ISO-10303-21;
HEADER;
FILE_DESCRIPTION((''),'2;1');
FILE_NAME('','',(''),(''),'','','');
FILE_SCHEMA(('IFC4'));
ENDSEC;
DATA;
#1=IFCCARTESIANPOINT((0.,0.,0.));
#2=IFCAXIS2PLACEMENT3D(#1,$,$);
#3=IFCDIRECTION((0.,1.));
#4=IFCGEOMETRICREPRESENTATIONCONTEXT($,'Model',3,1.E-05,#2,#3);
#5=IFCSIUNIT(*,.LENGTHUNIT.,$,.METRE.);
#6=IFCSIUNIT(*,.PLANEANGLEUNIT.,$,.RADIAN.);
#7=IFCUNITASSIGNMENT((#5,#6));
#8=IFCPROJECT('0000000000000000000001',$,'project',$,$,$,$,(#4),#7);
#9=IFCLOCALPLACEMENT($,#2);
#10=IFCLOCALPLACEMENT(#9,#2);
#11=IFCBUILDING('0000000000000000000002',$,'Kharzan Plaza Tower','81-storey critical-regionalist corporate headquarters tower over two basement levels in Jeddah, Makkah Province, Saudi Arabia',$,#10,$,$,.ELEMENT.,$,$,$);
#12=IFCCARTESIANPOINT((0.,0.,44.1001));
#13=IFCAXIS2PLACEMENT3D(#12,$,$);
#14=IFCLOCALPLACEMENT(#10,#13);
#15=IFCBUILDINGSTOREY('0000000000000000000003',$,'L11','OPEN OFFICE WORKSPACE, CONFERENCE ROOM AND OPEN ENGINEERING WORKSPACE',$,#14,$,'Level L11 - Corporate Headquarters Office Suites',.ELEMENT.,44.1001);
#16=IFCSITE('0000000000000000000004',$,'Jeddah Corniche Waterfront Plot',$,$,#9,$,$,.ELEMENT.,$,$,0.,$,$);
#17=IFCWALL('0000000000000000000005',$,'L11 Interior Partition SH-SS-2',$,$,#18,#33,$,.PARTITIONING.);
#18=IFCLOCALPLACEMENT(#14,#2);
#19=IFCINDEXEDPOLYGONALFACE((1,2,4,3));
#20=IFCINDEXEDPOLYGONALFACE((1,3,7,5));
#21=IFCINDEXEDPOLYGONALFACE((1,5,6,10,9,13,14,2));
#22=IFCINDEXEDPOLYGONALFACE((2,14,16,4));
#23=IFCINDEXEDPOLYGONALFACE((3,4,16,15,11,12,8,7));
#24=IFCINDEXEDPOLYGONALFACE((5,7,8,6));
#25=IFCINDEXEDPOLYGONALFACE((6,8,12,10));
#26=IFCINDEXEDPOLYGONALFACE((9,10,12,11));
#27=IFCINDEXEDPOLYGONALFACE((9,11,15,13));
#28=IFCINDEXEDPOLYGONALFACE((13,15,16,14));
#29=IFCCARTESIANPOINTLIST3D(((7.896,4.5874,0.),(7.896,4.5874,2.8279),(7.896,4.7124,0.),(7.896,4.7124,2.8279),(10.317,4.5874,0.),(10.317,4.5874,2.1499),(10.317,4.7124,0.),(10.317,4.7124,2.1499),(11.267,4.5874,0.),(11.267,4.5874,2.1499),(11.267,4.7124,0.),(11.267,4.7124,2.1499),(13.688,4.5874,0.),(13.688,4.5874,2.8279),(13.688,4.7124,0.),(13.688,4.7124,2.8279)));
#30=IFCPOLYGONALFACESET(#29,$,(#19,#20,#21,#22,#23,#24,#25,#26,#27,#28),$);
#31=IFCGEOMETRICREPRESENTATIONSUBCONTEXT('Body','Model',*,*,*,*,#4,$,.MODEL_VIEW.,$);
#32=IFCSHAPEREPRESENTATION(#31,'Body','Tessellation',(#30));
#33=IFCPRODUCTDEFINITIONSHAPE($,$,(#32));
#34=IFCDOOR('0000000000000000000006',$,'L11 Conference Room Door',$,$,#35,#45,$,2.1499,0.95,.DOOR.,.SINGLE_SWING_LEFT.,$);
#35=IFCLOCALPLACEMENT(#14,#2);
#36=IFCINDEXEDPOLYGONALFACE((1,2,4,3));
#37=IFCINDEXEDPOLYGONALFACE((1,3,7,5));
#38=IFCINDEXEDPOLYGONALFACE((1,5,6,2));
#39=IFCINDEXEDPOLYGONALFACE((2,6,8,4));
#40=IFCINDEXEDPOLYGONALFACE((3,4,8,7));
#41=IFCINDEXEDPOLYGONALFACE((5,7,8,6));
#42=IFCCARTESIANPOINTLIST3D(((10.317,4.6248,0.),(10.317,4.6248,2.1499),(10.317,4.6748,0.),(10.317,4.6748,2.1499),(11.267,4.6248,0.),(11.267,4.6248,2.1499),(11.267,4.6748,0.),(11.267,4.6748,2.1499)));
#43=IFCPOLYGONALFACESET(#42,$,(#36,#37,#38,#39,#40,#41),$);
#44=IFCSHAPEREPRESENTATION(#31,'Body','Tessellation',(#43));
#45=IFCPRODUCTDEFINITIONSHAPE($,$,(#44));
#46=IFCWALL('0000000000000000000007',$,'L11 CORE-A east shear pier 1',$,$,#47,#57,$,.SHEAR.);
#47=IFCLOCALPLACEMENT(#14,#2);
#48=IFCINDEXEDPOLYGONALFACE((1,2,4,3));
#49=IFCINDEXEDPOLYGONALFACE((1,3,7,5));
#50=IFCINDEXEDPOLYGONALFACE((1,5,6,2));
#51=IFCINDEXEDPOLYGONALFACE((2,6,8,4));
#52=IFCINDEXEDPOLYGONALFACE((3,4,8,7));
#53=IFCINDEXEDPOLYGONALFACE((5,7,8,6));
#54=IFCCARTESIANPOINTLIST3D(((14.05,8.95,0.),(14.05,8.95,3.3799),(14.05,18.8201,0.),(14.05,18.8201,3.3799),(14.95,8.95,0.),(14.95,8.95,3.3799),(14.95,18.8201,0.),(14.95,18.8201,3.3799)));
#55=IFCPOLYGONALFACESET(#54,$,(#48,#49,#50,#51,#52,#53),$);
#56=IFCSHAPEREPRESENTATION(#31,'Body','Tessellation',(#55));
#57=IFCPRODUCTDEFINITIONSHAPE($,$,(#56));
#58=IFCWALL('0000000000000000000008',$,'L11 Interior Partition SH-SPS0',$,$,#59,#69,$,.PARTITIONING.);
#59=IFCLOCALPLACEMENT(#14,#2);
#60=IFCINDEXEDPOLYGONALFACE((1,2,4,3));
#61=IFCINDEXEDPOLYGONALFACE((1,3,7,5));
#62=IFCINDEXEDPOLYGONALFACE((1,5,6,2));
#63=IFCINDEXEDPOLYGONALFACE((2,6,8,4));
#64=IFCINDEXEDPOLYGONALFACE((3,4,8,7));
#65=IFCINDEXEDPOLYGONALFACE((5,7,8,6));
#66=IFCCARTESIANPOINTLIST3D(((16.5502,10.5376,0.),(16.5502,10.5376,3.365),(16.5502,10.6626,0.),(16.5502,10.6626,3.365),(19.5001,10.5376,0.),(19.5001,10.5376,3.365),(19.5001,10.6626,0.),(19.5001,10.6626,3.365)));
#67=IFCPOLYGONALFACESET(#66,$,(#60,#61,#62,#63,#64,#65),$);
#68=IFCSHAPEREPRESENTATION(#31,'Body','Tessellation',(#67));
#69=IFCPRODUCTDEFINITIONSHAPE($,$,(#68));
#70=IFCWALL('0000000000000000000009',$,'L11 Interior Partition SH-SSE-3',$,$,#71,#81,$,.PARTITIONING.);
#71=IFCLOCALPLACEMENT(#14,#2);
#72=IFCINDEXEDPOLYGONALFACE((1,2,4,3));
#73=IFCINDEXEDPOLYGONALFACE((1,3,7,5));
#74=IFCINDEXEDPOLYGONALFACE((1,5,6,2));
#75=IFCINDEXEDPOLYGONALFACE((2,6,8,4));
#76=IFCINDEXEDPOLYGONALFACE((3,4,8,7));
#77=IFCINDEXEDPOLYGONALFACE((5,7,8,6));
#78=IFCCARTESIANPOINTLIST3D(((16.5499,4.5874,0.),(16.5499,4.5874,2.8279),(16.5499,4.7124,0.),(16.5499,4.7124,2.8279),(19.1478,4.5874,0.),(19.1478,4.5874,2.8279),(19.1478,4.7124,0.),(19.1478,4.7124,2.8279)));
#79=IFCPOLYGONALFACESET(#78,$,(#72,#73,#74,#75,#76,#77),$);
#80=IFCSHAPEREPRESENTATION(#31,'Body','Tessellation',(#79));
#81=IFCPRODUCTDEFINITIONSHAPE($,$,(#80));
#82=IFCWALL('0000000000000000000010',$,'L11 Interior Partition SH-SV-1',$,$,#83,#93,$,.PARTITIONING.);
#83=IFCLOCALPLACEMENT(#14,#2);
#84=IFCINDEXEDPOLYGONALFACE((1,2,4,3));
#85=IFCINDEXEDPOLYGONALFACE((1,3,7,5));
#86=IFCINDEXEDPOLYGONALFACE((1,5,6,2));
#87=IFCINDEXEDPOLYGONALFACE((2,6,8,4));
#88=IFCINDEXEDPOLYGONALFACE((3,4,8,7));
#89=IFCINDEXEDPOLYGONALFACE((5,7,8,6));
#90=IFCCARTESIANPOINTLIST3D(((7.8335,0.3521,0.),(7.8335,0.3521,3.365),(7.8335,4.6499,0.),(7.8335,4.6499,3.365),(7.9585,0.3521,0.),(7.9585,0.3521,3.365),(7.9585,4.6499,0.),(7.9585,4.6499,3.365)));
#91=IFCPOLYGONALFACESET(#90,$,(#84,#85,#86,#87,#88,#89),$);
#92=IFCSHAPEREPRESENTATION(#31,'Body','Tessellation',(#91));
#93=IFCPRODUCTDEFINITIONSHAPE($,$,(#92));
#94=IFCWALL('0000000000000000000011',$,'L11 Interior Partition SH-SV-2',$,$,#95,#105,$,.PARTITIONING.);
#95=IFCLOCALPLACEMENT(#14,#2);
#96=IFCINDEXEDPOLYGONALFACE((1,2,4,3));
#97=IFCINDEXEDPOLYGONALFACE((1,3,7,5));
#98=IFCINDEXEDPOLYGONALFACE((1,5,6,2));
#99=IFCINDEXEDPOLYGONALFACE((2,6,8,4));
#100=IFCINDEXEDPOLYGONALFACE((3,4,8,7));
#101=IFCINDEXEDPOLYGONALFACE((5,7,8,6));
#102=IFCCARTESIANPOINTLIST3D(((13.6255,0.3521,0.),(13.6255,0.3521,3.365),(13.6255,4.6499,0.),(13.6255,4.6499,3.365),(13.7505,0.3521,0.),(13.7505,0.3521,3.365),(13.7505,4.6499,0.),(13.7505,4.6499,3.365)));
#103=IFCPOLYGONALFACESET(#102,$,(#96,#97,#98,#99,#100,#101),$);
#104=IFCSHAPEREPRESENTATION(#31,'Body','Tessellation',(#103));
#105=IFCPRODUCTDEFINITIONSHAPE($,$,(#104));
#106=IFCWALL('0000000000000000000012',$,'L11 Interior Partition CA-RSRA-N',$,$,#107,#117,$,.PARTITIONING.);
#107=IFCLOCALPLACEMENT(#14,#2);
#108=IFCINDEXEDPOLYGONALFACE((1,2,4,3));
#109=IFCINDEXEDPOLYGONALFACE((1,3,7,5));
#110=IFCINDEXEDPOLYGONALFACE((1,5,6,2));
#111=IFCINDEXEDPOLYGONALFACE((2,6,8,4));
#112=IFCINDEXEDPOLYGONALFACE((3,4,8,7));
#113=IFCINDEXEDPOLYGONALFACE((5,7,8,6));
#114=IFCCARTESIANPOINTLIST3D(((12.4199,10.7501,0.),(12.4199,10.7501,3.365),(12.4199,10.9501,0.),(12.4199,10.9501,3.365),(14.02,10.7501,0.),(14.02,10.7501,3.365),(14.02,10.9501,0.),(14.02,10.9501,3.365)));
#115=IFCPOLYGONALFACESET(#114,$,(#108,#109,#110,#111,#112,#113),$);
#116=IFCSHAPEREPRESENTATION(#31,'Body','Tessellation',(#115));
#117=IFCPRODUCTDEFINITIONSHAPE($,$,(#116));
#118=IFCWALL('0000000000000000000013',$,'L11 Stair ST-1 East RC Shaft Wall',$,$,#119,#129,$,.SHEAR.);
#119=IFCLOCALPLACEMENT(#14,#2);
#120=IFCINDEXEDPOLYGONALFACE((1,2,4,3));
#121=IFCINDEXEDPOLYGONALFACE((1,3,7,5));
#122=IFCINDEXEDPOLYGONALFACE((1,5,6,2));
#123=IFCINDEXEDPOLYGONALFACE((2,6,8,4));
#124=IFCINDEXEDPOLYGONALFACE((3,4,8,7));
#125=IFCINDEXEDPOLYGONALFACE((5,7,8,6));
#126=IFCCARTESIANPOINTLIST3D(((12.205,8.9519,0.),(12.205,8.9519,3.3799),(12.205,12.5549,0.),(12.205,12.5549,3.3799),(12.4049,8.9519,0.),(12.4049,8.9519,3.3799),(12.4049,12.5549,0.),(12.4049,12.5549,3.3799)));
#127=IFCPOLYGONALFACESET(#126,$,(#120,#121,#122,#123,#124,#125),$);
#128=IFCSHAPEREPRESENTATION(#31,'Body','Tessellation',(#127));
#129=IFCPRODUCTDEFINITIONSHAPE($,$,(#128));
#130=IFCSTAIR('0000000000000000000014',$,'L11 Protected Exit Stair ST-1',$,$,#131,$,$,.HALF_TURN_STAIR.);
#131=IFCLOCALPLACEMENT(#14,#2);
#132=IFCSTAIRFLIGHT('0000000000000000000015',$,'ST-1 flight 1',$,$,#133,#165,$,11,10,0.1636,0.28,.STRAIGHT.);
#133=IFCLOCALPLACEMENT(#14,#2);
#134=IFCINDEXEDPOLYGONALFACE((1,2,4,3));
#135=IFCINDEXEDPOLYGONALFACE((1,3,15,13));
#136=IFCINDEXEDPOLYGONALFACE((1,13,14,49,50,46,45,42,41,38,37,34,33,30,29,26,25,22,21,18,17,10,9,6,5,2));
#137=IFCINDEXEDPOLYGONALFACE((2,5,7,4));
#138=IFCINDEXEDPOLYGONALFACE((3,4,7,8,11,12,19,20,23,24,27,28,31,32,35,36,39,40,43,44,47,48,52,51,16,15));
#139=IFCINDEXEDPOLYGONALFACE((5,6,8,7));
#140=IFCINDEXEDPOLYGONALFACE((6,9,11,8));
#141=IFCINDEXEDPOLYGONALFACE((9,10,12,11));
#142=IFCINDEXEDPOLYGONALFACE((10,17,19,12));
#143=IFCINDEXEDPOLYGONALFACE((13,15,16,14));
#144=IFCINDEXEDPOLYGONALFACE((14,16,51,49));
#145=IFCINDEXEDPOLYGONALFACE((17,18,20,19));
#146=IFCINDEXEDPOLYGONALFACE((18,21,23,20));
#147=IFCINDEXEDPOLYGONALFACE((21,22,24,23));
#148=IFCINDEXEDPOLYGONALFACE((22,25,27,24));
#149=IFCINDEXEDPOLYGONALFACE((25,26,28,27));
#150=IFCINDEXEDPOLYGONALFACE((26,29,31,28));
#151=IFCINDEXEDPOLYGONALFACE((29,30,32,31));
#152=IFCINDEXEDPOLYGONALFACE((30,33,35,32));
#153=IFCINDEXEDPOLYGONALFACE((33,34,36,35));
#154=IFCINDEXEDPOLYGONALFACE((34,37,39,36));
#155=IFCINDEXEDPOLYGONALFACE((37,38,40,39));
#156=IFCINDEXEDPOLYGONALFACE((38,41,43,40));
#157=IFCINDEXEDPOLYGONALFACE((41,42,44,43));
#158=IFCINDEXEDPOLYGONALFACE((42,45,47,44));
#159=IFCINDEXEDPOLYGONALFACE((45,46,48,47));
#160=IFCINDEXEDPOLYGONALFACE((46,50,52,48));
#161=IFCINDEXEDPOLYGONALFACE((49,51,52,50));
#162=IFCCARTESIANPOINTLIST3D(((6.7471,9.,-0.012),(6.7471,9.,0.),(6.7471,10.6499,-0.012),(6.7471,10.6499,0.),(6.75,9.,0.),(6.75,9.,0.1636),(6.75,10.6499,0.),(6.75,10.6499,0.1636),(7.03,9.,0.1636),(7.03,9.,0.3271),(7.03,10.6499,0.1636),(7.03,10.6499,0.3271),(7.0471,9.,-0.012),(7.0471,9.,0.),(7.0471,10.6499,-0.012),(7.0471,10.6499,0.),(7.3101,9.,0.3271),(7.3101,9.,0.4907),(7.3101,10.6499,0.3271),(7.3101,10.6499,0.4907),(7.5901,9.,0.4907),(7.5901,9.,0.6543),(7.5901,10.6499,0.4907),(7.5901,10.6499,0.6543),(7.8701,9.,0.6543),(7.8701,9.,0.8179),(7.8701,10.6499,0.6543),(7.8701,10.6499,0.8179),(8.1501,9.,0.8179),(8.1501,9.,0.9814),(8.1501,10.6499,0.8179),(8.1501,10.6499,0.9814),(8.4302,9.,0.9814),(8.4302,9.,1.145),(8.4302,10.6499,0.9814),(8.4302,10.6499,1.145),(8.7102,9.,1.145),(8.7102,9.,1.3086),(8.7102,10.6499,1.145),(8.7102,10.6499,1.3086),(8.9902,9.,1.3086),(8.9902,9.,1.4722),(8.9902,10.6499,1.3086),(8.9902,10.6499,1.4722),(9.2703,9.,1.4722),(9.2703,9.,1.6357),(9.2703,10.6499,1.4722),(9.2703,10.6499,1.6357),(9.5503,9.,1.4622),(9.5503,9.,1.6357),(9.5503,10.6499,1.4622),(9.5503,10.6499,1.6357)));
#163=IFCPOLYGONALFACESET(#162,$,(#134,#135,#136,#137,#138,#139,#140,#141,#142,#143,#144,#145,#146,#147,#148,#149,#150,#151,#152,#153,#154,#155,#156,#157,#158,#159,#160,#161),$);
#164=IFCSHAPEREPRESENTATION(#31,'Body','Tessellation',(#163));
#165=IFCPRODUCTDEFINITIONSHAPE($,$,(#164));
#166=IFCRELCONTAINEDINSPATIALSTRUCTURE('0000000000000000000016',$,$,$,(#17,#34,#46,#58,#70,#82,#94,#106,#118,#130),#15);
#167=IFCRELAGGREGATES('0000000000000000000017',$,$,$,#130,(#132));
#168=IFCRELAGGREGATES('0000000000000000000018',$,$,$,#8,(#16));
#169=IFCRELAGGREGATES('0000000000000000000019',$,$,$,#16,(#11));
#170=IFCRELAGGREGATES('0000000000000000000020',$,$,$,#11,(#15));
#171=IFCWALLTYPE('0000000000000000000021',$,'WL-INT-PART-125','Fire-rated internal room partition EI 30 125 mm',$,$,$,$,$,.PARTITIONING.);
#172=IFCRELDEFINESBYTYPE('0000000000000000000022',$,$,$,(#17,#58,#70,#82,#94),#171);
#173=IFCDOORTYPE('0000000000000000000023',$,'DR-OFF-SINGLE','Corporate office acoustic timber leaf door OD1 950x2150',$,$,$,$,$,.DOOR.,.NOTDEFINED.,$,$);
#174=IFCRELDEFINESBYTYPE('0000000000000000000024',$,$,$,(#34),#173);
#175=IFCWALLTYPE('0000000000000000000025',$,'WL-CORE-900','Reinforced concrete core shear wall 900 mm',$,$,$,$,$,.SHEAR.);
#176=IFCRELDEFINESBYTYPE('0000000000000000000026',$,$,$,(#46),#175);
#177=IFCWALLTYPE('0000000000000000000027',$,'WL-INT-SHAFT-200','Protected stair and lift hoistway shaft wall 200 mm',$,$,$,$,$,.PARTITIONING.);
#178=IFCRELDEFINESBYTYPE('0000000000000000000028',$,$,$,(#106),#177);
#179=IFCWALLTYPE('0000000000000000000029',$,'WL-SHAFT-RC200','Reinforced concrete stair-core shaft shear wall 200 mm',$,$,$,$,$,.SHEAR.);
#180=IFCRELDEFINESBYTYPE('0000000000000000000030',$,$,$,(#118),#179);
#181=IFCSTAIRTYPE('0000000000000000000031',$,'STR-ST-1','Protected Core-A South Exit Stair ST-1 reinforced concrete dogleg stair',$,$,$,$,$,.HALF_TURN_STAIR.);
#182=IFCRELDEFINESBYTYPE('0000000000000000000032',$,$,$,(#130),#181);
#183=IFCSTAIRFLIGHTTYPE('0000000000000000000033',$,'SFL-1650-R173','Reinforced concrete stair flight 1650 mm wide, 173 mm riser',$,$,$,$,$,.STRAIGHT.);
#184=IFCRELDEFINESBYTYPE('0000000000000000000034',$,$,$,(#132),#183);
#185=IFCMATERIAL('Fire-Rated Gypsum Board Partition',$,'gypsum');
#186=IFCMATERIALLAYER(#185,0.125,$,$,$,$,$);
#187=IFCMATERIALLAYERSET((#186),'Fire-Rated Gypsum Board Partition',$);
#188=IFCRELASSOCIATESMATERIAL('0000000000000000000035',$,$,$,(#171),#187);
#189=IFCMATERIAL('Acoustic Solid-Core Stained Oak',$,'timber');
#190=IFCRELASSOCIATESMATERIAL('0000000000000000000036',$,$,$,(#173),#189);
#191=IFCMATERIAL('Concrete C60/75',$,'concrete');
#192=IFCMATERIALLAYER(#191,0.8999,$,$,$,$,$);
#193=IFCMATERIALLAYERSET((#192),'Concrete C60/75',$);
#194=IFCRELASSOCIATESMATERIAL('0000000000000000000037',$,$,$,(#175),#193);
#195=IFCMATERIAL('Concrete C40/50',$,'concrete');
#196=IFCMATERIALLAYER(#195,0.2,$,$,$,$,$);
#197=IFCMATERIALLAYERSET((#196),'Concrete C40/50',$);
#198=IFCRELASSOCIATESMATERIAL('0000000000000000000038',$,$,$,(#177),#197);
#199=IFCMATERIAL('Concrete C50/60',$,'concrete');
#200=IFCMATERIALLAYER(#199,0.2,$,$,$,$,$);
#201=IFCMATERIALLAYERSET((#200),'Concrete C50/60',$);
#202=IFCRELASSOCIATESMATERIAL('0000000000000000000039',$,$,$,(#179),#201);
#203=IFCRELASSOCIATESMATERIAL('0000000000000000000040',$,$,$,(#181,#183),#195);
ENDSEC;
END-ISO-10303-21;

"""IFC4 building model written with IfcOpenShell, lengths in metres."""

from ifc_helpers import new_model, si_unit, direction, frame, frame_2d, origin, place, context, subcontext, project, spatial, polyline, rectangle, outline, extrude, source, transform, mapped, material, layer, layer_set, type_object, element, fill, aggregate, save


model = new_model("IFC4")

# Units and contexts
model_context = context("Model", 3, precision=1e-05, world=origin(), true_north=direction((0.0, 1.0)))
body_context = subcontext(model_context, "Body", "Model", "MODEL_VIEW")
ifc_project = project(units=[si_unit("LENGTHUNIT", "METRE"), si_unit("PLANEANGLEUNIT", "RADIAN")], contexts=[model_context])

# Site, building, storey
site_placement = place(None, origin())
site = spatial("IfcSite", under=ifc_project, at=site_placement, Name="Jeddah Corniche Waterfront Plot", CompositionType="ELEMENT", RefElevation=0.0)
building_placement = place(site_placement, origin())
building = spatial("IfcBuilding", under=site, at=building_placement, Name="Kharzan Plaza Tower", Description="81-storey critical-regionalist corporate headquarters tower over two basement levels in Jeddah, Makkah Province, Saudi Arabia", CompositionType="ELEMENT")
storey_placement = place(building_placement, frame((0.0, 0.0, 44.1001)))
storey = spatial("IfcBuildingStorey", under=building, at=storey_placement, Name="L11", Description="OPEN OFFICE WORKSPACE, CONFERENCE ROOM AND OPEN ENGINEERING WORKSPACE", LongName="Level L11 - Corporate Headquarters Office Suites", CompositionType="ELEMENT", Elevation=44.1001)

# Shared definitions
ifc_material_1 = material(Name="Concrete C60/75", Category="concrete")

# Shared definitions
ifc_material_2 = material(Name="Concrete C40/50", Category="concrete")

# Wall, opening, door
ifc_material_3 = material(Name="Fire-Rated Gypsum Board Partition", Category="gypsum")
ifc_layer_1 = layer(ifc_material_3, 0.125)
ifc_layer_set_1 = layer_set([ifc_layer_1], Name="Fire-Rated Gypsum Board Partition")
wall_type_1 = type_object("IfcWallType", Name="WL-INT-PART-125", Description="Fire-rated internal room partition EI 30 125 mm", PredefinedType="PARTITIONING", material=ifc_layer_set_1)
ifc_material_4 = material(Name="Acoustic Solid-Core Stained Oak", Category="timber")
door_type = type_object("IfcDoorType", Name="DR-OFF-SINGLE", Description="Corporate office acoustic timber leaf door OD1 950x2150", OperationType="NOTDEFINED", PredefinedType="DOOR", material=ifc_material_4)
shared_shape_1 = source(origin(), body_context, "Body", "SweptSolid", [
    extrude(rectangle(XDim=0.95, YDim=2.1499, at=frame_2d((0.4751, 1.075))), frame((0.0, 0.0249, 0.0), z_axis=(0.0, -1.0, 0.0), x_axis=(1.0, 0.0, 0.0)), (0.0, 0.0, 1.0), 0.05),
])
wall_1_placement = place(storey_placement, frame((7.896, 4.6499, 0.0), z_axis=(0.0, 0.0, 1.0), x_axis=(1.0, 0.0, 0.0)))
wall_1 = element("IfcWall", 1, at=wall_1_placement, inside=storey, type_object=wall_type_1, Name="L11 Interior Partition SH-SS-2", PredefinedType="PARTITIONING", context=body_context, shape_type="SweptSolid", body=[
    extrude(rectangle(XDim=5.792, YDim=0.125, at=frame_2d((2.896, 0.0))), origin(), (0.0, 0.0, 1.0), 2.8279),
])
opening_1_placement = place(wall_1_placement, frame((2.4209, 0.0, 0.0)))
opening_1 = element("IfcOpeningElement", 2, at=opening_1_placement, cuts=wall_1, PredefinedType="OPENING", context=body_context, shape_type="SweptSolid", body=[
    extrude(rectangle(XDim=0.95, YDim=2.1499, at=frame_2d((0.4751, 1.075))), frame((0.0, 0.0725, 0.0), z_axis=(0.0, -1.0, 0.0), x_axis=(1.0, 0.0, 0.0)), (0.0, 0.0, 1.0), 0.145),
])
door_1_placement = place(opening_1_placement, origin())
door_1 = element("IfcDoor", 3, at=door_1_placement, inside=storey, type_object=door_type, Name="L11 Conference Room Door", OperationType="SINGLE_SWING_LEFT", OverallHeight=2.1499, OverallWidth=0.95, PredefinedType="DOOR", context=body_context, shape_type="MappedRepresentation", body=[
    mapped(shared_shape_1, transform((0.0, 0.0, 0.0), x_axis=(1.0, 0.0, 0.0), y_axis=(0.0, 1.0, 0.0), z_axis=(0.0, 0.0, 1.0))),
])
fill(opening_1, door_1)

# Walls
ifc_layer_2 = layer(ifc_material_1, 0.8999)
ifc_layer_set_2 = layer_set([ifc_layer_2], Name="Concrete C60/75")
wall_type_2 = type_object("IfcWallType", Name="WL-CORE-900", Description="Reinforced concrete core shear wall 900 mm", PredefinedType="SHEAR", material=ifc_layer_set_2)
shared_shape_2 = source(origin(), body_context, "Body", "SweptSolid", [
    extrude(rectangle(XDim=9.8701, YDim=0.8999, at=frame_2d((4.9351, 0.0))), origin(), (0.0, 0.0, 1.0), 3.3799),
])
wall_2_placement = place(storey_placement, frame((14.5, 8.95, 0.0), z_axis=(0.0, 0.0, 1.0), x_axis=(0.0, 1.0, 0.0)))
element("IfcWall", 4, at=wall_2_placement, inside=storey, type_object=wall_type_2, Name="L11 CORE-A east shear pier 1", PredefinedType="SHEAR", context=body_context, shape_type="MappedRepresentation", body=[
    mapped(shared_shape_2, transform((0.0, 0.0, 0.0), x_axis=(1.0, 0.0, 0.0), y_axis=(0.0, 1.0, 0.0), z_axis=(0.0, 0.0, 1.0))),
])
shared_shape_3 = source(origin(), body_context, "Body", "SweptSolid", [
    extrude(rectangle(XDim=2.95, YDim=0.125, at=frame_2d((1.4751, 0.0))), origin(), (0.0, 0.0, 1.0), 3.365),
])
wall_3_placement = place(storey_placement, frame((16.55, 10.6001, 0.0), z_axis=(0.0, 0.0, 1.0), x_axis=(1.0, 0.0, 0.0)))
element("IfcWall", 5, at=wall_3_placement, inside=storey, type_object=wall_type_1, Name="L11 Interior Partition SH-SPS0", PredefinedType="PARTITIONING", context=body_context, shape_type="MappedRepresentation", body=[
    mapped(shared_shape_3, transform((0.0, 0.0, 0.0), x_axis=(1.0, 0.0, 0.0), y_axis=(0.0, 1.0, 0.0), z_axis=(0.0, 0.0, 1.0))),
])
shared_shape_4 = source(origin(), body_context, "Body", "SweptSolid", [
    extrude(rectangle(XDim=2.5979, YDim=0.125, at=frame_2d((1.2988, 0.0))), origin(), (0.0, 0.0, 1.0), 2.8279),
])
wall_4_placement = place(storey_placement, frame((16.55, 4.6499, 0.0), z_axis=(0.0, 0.0, 1.0), x_axis=(1.0, 0.0, 0.0)))
element("IfcWall", 6, at=wall_4_placement, inside=storey, type_object=wall_type_1, Name="L11 Interior Partition SH-SSE-3", PredefinedType="PARTITIONING", context=body_context, shape_type="MappedRepresentation", body=[
    mapped(shared_shape_4, transform((0.0, 0.0, 0.0), x_axis=(1.0, 0.0, 0.0), y_axis=(0.0, 1.0, 0.0), z_axis=(0.0, 0.0, 1.0))),
])
shared_shape_5 = source(origin(), body_context, "Body", "SweptSolid", [
    extrude(rectangle(XDim=4.2979, YDim=0.125, at=frame_2d((2.1489, 0.0))), origin(), (0.0, 0.0, 1.0), 3.365),
])
for number, where, z_axis, x_axis, name in (
    (7, (7.896, 0.3521, 0.0), (0.0, 0.0, 1.0), (0.0, 1.0, 0.0), "L11 Interior Partition SH-SV-1"),
    (8, (13.688, 0.3521, 0.0), (0.0, 0.0, 1.0), (0.0, 1.0, 0.0), "L11 Interior Partition SH-SV-2"),
):
    element("IfcWall", number, at=place(storey_placement, frame(where, z_axis=z_axis, x_axis=x_axis)), inside=storey, type_object=wall_type_1, Name=name, PredefinedType="PARTITIONING", context=body_context, shape_type="MappedRepresentation", body=[
        mapped(shared_shape_5, transform((0.0, 0.0, 0.0), x_axis=(1.0, 0.0, 0.0), y_axis=(0.0, 1.0, 0.0), z_axis=(0.0, 0.0, 1.0))),
    ])
ifc_layer_3 = layer(ifc_material_2, 0.2)
ifc_layer_set_3 = layer_set([ifc_layer_3], Name="Concrete C40/50")
wall_type_3 = type_object("IfcWallType", Name="WL-INT-SHAFT-200", Description="Protected stair and lift hoistway shaft wall 200 mm", PredefinedType="PARTITIONING", material=ifc_layer_set_3)
shared_shape_6 = source(origin(), body_context, "Body", "SweptSolid", [
    extrude(rectangle(XDim=1.6001, YDim=0.2, at=frame_2d((0.8, 0.0))), origin(), (0.0, 0.0, 1.0), 3.365),
])
wall_5_placement = place(storey_placement, frame((12.4199, 10.8501, 0.0), z_axis=(0.0, 0.0, 1.0), x_axis=(1.0, 0.0, 0.0)))
element("IfcWall", 9, at=wall_5_placement, inside=storey, type_object=wall_type_3, Name="L11 Interior Partition CA-RSRA-N", PredefinedType="PARTITIONING", context=body_context, shape_type="MappedRepresentation", body=[
    mapped(shared_shape_6, transform((0.0, 0.0, 0.0), x_axis=(1.0, 0.0, 0.0), y_axis=(0.0, 1.0, 0.0), z_axis=(0.0, 0.0, 1.0))),
])
ifc_material_5 = material(Name="Concrete C50/60", Category="concrete")
ifc_layer_4 = layer(ifc_material_5, 0.2)
ifc_layer_set_4 = layer_set([ifc_layer_4], Name="Concrete C50/60")
wall_type_4 = type_object("IfcWallType", Name="WL-SHAFT-RC200", Description="Reinforced concrete stair-core shaft shear wall 200 mm", PredefinedType="SHEAR", material=ifc_layer_set_4)
shared_shape_7 = source(origin(), body_context, "Body", "SweptSolid", [
    extrude(rectangle(XDim=3.603, YDim=0.2, at=frame_2d((1.8015, 0.0))), origin(), (0.0, 0.0, 1.0), 3.3799),
])
wall_6_placement = place(storey_placement, frame((12.3049, 8.9519, 0.0), z_axis=(0.0, 0.0, 1.0), x_axis=(0.0, 1.0, 0.0)))
element("IfcWall", 10, at=wall_6_placement, inside=storey, type_object=wall_type_4, Name="L11 Stair ST-1 East RC Shaft Wall", PredefinedType="SHEAR", context=body_context, shape_type="MappedRepresentation", body=[
    mapped(shared_shape_7, transform((0.0, 0.0, 0.0), x_axis=(1.0, 0.0, 0.0), y_axis=(0.0, 1.0, 0.0), z_axis=(0.0, 0.0, 1.0))),
])

# Stair, stair flight
stair_type = type_object("IfcStairType", Name="STR-ST-1", Description="Protected Core-A South Exit Stair ST-1 reinforced concrete dogleg stair", PredefinedType="HALF_TURN_STAIR", material=ifc_material_2)
stair_placement = place(storey_placement, origin())
stair = element("IfcStair", 11, at=stair_placement, inside=storey, type_object=stair_type, Name="L11 Protected Exit Stair ST-1", PredefinedType="HALF_TURN_STAIR")
stair_flight_type = type_object("IfcStairFlightType", Name="SFL-1650-R173", Description="Reinforced concrete stair flight 1650 mm wide, 173 mm riser", PredefinedType="STRAIGHT", material=ifc_material_2)
shared_shape_8 = source(origin(), body_context, "Body", "SweptSolid", [
    extrude(outline(polyline([(-0.0029, -0.012), (-0.0029, 0.0), (0.0, 0.0), (0.0, 0.1636), (0.28, 0.1636), (0.28, 0.3271), (0.5601, 0.3271), (0.5601, 0.4907), (0.8401, 0.4907), (0.8401, 0.6543), (1.1201, 0.6543), (1.1201, 0.8179), (1.4001, 0.8179), (1.4001, 0.9814), (1.6802, 0.9814), (1.6802, 1.145), (1.9602, 1.145), (1.9602, 1.3086), (2.2402, 1.3086), (2.2402, 1.4722), (2.5203, 1.4722), (2.5203, 1.6357), (2.8003, 1.6357), (2.8003, 1.7993), (2.8003, 1.4622), (0.2971, 0.0), (0.2971, -0.012), (-0.0029, -0.012)])), frame((0.0, 0.825, 0.0), z_axis=(0.0, -1.0, 0.0), x_axis=(1.0, 0.0, 0.0)), (0.0, 0.0, 1.0), 1.6499),
])
stair_flight_1_placement = place(storey_placement, frame((6.75, 9.825, 0.0), z_axis=(0.0, 0.0, 1.0), x_axis=(1.0, 0.0, 0.0)))
stair_flight_1 = element("IfcStairFlight", 12, at=stair_flight_1_placement, type_object=stair_flight_type, Name="ST-1 flight 1", NumberOfRisers=11, NumberOfTreads=10, PredefinedType="STRAIGHT", RiserHeight=0.1636, TreadLength=0.28, context=body_context, shape_type="MappedRepresentation", body=[
    mapped(shared_shape_8, transform((0.0, 0.0, 0.0), x_axis=(1.0, 0.0, 0.0), y_axis=(0.0, 1.0, 0.0), z_axis=(0.0, 0.0, 1.0))),
])
aggregate(stair, [stair_flight_1])

save(model, "model.ifc")
